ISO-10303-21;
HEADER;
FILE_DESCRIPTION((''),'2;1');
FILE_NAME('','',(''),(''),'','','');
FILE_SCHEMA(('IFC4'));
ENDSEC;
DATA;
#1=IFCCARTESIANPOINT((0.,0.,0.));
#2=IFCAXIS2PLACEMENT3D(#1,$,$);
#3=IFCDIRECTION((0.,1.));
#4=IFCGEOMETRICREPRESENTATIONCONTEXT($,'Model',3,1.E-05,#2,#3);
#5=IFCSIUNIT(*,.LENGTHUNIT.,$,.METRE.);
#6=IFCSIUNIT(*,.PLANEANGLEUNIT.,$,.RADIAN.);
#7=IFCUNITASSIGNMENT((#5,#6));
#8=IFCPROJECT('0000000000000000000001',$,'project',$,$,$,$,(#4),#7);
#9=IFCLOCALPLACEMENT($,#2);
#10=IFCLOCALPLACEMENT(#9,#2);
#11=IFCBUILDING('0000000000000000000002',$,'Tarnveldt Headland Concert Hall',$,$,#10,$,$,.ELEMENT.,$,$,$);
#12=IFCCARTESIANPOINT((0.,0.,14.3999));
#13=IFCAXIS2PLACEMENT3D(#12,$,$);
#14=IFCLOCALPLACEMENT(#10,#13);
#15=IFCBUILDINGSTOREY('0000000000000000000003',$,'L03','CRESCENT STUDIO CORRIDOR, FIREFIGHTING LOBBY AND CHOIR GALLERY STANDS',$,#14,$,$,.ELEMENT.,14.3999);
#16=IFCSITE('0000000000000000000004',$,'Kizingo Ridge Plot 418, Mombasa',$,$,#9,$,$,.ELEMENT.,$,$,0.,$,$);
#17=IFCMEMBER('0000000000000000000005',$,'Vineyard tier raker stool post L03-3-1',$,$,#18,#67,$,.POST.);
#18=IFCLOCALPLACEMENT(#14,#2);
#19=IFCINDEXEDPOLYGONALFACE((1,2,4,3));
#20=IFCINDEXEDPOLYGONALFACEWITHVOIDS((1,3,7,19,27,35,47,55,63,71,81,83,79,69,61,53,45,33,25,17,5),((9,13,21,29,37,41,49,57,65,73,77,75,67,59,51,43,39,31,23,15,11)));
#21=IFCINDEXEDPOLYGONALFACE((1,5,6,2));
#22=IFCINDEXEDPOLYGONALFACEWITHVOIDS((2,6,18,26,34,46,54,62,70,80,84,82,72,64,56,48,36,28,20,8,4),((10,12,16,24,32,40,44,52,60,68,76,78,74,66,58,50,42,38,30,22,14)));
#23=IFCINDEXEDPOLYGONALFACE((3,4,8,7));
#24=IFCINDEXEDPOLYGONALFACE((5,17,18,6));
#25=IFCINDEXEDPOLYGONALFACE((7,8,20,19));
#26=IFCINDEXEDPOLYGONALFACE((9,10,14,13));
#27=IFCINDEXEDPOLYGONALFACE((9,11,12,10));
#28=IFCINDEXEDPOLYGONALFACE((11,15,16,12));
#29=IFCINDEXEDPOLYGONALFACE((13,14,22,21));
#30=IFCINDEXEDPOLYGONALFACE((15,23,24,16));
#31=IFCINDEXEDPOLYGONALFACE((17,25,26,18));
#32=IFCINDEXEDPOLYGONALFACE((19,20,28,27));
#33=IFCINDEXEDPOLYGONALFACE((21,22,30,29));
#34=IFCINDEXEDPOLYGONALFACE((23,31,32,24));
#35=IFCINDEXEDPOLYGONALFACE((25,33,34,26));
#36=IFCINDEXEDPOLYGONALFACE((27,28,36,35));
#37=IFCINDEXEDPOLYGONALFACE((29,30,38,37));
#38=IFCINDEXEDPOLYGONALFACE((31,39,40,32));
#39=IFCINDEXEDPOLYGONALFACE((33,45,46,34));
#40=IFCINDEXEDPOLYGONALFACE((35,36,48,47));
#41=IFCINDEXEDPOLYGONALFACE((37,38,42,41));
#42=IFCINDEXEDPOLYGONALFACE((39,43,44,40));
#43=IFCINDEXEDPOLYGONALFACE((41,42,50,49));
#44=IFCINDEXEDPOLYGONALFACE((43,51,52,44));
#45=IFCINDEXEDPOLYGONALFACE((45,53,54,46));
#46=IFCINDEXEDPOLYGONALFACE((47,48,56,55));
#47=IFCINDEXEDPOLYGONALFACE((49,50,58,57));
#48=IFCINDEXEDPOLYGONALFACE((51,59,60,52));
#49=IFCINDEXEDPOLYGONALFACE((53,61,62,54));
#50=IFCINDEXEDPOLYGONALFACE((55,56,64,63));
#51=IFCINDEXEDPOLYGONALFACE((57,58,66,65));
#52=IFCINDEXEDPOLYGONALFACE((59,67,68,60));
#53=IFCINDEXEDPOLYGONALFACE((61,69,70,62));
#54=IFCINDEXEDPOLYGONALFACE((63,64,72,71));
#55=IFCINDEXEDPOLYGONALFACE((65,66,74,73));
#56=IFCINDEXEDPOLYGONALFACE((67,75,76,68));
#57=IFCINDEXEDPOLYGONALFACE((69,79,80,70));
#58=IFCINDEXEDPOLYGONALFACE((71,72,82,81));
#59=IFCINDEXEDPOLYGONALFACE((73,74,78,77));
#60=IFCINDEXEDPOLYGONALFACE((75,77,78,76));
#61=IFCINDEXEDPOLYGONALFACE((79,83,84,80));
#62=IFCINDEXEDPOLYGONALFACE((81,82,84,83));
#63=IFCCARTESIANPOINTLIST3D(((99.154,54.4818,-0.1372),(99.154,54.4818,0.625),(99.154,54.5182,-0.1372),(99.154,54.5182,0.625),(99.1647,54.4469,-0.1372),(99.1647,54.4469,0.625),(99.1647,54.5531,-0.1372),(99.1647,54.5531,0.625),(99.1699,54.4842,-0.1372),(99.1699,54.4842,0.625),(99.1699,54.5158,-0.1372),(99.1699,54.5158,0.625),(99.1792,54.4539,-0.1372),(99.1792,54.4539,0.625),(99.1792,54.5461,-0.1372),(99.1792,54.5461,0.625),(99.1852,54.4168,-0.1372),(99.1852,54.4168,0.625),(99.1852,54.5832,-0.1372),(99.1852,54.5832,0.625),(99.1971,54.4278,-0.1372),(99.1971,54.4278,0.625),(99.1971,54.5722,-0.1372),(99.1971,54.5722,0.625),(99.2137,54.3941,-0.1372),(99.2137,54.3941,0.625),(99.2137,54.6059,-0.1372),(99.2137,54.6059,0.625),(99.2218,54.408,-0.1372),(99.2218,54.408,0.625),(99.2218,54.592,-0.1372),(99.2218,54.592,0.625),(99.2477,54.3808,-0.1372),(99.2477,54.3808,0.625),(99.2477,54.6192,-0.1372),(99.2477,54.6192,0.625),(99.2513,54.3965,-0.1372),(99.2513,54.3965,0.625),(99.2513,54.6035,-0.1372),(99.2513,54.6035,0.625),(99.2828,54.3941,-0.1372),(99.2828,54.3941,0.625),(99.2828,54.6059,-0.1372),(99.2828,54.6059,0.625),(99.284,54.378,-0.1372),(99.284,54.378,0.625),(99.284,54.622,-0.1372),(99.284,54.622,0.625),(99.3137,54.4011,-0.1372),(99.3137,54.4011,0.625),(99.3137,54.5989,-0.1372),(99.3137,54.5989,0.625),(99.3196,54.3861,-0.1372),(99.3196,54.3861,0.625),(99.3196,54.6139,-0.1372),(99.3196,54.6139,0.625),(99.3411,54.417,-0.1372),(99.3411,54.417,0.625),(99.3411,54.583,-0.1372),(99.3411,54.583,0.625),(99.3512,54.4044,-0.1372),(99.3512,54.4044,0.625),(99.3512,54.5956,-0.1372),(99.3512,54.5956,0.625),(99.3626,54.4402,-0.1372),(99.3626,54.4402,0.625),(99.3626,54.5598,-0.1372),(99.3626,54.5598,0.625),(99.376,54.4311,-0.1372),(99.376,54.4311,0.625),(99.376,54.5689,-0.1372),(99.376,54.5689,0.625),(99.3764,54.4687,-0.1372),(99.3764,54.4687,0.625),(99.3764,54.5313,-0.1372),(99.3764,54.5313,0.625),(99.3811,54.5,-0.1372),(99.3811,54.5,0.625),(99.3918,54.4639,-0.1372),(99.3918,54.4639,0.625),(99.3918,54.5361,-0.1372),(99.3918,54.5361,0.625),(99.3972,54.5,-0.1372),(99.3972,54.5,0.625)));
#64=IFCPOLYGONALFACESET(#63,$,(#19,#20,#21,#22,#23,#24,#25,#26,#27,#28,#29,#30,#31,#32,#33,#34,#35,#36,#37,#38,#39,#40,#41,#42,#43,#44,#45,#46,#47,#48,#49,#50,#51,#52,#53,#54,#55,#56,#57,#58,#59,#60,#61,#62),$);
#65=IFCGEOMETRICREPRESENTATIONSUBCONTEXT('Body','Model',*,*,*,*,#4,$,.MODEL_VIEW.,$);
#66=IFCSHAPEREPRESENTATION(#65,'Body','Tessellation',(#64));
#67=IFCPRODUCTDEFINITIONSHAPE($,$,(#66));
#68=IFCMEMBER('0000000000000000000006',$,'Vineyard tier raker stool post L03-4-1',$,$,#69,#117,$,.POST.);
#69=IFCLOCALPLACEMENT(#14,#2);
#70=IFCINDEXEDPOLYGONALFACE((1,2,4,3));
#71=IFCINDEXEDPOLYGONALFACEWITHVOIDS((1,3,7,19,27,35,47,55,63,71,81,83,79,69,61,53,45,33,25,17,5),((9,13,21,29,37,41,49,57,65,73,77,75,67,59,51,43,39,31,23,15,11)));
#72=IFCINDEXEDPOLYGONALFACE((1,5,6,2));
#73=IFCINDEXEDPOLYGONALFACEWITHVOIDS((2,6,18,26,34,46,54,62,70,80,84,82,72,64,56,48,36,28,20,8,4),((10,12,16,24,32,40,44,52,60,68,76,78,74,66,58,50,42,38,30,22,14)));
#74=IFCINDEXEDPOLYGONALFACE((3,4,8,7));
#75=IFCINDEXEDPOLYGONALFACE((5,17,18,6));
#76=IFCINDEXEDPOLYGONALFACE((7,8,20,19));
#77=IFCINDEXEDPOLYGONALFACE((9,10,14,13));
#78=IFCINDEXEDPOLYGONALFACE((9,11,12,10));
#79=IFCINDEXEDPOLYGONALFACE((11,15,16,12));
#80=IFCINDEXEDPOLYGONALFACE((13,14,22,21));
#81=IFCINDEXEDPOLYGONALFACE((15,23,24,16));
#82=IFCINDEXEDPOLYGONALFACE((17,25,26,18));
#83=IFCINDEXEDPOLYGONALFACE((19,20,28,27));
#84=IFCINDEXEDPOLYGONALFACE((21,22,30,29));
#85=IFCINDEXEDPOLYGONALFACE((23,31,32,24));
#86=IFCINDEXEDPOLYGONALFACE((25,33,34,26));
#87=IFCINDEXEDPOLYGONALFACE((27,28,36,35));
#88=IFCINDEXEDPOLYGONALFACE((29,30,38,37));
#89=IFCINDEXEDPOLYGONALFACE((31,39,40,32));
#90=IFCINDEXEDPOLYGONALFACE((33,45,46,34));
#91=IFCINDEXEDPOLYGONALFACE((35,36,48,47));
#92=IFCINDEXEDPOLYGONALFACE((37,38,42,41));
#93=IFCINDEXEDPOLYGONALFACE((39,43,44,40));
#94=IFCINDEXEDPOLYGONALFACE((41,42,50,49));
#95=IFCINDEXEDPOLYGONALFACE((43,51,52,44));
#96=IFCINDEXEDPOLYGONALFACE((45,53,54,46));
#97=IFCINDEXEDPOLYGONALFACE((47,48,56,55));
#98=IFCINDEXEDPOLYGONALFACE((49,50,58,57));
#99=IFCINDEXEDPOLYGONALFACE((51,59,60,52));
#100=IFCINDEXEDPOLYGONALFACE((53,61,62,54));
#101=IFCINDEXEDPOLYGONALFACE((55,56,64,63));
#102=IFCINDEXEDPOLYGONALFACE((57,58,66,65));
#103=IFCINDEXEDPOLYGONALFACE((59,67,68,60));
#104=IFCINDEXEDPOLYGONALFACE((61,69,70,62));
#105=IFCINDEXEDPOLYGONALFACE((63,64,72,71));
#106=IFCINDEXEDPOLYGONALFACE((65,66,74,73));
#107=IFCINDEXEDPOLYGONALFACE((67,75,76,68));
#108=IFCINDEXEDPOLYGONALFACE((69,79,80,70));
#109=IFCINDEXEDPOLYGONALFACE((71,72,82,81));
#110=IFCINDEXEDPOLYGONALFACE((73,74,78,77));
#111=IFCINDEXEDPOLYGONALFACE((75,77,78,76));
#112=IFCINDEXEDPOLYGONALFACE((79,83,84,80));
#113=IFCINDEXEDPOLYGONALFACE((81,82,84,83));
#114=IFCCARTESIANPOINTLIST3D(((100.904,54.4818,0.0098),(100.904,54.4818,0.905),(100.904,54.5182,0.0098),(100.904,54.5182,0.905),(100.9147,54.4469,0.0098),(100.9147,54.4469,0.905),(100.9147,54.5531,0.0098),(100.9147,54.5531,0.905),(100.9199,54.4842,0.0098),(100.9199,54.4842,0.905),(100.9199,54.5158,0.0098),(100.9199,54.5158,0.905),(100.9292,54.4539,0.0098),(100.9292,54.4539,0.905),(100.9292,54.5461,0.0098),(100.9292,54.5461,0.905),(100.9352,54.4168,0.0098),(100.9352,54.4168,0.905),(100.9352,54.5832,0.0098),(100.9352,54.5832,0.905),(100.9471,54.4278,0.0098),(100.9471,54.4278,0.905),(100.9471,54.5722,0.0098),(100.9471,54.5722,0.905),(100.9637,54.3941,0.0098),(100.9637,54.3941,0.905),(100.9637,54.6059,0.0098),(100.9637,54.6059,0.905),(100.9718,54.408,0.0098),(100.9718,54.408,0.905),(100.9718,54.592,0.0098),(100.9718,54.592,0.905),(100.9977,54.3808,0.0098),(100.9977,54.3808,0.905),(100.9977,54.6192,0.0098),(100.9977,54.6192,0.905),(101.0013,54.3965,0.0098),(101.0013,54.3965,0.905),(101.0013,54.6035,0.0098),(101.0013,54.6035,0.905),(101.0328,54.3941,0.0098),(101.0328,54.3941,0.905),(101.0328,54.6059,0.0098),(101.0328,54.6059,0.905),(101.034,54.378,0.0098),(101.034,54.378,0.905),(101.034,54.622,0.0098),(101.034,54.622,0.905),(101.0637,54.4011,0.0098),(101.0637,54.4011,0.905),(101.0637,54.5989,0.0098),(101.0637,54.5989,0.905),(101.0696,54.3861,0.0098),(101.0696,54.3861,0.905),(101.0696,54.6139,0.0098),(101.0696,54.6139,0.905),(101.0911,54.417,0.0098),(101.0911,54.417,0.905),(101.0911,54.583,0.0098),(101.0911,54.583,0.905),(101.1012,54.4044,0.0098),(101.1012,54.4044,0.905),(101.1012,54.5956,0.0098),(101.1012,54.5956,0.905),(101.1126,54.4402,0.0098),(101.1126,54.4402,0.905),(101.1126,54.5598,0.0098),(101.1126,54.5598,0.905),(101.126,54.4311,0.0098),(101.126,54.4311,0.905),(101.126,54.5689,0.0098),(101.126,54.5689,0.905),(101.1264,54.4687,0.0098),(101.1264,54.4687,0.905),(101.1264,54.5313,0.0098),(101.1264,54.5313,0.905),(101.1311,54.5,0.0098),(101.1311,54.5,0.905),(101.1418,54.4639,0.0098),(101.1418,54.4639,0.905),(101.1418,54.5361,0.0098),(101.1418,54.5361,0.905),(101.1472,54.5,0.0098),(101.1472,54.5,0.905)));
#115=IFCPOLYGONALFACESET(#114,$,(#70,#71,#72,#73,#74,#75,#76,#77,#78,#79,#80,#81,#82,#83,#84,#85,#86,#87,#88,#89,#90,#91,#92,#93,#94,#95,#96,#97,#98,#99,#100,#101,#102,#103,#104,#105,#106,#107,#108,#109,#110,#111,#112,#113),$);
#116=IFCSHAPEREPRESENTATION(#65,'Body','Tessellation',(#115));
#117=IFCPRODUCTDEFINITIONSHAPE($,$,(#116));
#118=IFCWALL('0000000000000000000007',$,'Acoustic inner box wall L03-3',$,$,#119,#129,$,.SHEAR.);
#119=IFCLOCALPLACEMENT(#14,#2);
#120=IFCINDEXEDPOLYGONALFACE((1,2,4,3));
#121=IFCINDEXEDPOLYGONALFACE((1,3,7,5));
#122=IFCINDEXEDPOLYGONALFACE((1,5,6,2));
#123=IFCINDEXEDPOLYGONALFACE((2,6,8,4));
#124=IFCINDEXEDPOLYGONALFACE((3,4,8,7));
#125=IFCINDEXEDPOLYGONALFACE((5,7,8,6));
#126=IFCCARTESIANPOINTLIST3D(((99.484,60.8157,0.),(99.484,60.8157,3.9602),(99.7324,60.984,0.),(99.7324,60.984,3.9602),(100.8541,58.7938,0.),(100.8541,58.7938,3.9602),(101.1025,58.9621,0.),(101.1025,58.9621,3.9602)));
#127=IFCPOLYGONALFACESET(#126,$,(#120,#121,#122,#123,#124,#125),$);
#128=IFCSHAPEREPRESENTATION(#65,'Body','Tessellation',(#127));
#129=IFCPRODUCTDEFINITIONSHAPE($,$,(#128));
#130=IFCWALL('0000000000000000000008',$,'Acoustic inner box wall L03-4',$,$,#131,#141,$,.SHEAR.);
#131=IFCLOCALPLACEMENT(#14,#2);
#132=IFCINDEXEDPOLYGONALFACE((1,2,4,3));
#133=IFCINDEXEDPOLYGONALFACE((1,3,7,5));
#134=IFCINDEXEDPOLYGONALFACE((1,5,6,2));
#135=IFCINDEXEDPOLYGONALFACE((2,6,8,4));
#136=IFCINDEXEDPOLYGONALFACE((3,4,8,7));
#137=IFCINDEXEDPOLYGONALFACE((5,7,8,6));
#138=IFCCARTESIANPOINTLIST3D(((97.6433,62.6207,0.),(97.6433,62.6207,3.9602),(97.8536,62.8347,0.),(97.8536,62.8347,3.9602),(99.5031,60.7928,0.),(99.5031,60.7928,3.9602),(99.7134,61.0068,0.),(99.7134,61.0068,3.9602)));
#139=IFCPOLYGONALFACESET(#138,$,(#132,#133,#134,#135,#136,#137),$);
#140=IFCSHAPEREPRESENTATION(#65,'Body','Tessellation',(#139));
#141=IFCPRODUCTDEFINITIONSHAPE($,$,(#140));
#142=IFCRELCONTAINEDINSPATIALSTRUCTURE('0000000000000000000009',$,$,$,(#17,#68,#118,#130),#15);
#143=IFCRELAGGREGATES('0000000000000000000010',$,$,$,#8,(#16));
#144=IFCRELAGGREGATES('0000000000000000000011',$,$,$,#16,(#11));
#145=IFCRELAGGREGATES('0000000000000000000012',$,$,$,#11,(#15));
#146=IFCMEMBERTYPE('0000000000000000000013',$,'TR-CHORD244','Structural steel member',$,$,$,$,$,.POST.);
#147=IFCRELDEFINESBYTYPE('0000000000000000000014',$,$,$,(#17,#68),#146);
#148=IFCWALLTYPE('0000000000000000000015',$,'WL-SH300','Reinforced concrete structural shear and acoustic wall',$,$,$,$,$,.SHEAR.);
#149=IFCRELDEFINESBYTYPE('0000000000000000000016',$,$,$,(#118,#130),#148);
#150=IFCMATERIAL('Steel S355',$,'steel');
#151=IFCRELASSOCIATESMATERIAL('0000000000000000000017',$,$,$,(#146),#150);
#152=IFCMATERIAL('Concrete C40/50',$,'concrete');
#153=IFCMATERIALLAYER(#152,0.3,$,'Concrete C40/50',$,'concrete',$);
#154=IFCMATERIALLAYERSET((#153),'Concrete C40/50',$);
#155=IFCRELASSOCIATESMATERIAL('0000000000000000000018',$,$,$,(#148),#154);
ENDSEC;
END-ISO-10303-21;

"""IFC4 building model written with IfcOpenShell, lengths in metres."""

from ifc_helpers import new_model, si_unit, direction, frame, frame_2d, origin, origin_2d, place, context, subcontext, project, spatial, rectangle, hollow_circle, extrude, material, layer, layer_set, material_profile, profile_set, type_object, element, save


model = new_model("IFC4")

# Units and contexts
model_context = context("Model", 3, precision=1e-05, world=origin(), true_north=direction((0.0, 1.0)))
body_context = subcontext(model_context, "Body", "Model", "MODEL_VIEW")
ifc_project = project(units=[si_unit("LENGTHUNIT", "METRE"), si_unit("PLANEANGLEUNIT", "RADIAN")], contexts=[model_context])

# Site, building, storey
site_placement = place(None, origin())
site = spatial("IfcSite", under=ifc_project, at=site_placement, Name="Kizingo Ridge Plot 418, Mombasa", CompositionType="ELEMENT", RefElevation=0.0)
building_placement = place(site_placement, origin())
building = spatial("IfcBuilding", under=site, at=building_placement, Name="Tarnveldt Headland Concert Hall", CompositionType="ELEMENT")
storey_placement = place(building_placement, frame((0.0, 0.0, 14.3999)))
storey = spatial("IfcBuildingStorey", under=building, at=storey_placement, Name="L03", Description="CRESCENT STUDIO CORRIDOR, FIREFIGHTING LOBBY AND CHOIR GALLERY STANDS", CompositionType="ELEMENT", Elevation=14.3999)

# Shared definitions
ifc_material_1 = material(Name="Concrete C40/50", Category="concrete")

# Shared definitions
ifc_material_2 = material(Name="Steel S355", Category="steel")

# Members
ifc_material_profile_1 = material_profile(ifc_material_2, hollow_circle(Radius=0.1223, WallThickness=0.0161, at=origin_2d()), Name="CHS 244.5x16", Category="steel")
ifc_profile_set_1 = profile_set([ifc_material_profile_1], Name="Steel S355")
member_type = type_object("IfcMemberType", Name="TR-CHORD244", Description="Structural steel member", PredefinedType="POST", material=ifc_profile_set_1)
member_1_placement = place(storey_placement, frame((99.2749, 54.5, -0.1372), z_axis=(0.0, 0.0, 1.0), x_axis=(1.0, 0.0, 0.0)))
element("IfcMember", 1, at=member_1_placement, inside=storey, type_object=member_type, Name="Vineyard tier raker stool post L03-3-1", PredefinedType="POST", context=body_context, shape_type="SweptSolid", body=[
    extrude(hollow_circle(Radius=0.1223, WallThickness=0.0161, at=origin_2d()), origin(), (0.0, 0.0, 1.0), 0.7622),
])
member_2_placement = place(storey_placement, frame((101.0249, 54.5, 0.0098), z_axis=(0.0, 0.0, 1.0), x_axis=(1.0, 0.0, 0.0)))
element("IfcMember", 2, at=member_2_placement, inside=storey, type_object=member_type, Name="Vineyard tier raker stool post L03-4-1", PredefinedType="POST", context=body_context, shape_type="SweptSolid", body=[
    extrude(hollow_circle(Radius=0.1223, WallThickness=0.0161, at=origin_2d()), origin(), (0.0, 0.0, 1.0), 0.8953),
])

# Walls
ifc_layer_1 = layer(ifc_material_1, 0.3, Name="Concrete C40/50", Category="concrete")
ifc_layer_set_1 = layer_set([ifc_layer_1], Name="Concrete C40/50")
wall_type = type_object("IfcWallType", Name="WL-SH300", Description="Reinforced concrete structural shear and acoustic wall", PredefinedType="SHEAR", material=ifc_layer_set_1)
wall_1_placement = place(storey_placement, frame((100.9783, 58.8779, 0.0), z_axis=(0.0, 0.0, 1.0), x_axis=(-0.560959, 0.827844, 0.0)))
element("IfcWall", 3, at=wall_1_placement, inside=storey, type_object=wall_type, Name="Acoustic inner box wall L03-3", PredefinedType="SHEAR", context=body_context, shape_type="SweptSolid", body=[
    extrude(rectangle(XDim=2.4424, YDim=0.3, at=frame_2d((1.2212, 0.0))), origin(), (0.0, 0.0, 1.0), 3.9602),
])
wall_2_placement = place(storey_placement, frame((99.6082, 60.8999, 0.0), z_axis=(0.0, 0.0, 1.0), x_axis=(-0.713212, 0.700948, 0.0)))
element("IfcWall", 4, at=wall_2_placement, inside=storey, type_object=wall_type, Name="Acoustic inner box wall L03-4", PredefinedType="SHEAR", context=body_context, shape_type="SweptSolid", body=[
    extrude(rectangle(XDim=2.6077, YDim=0.3, at=frame_2d((1.3037, 0.0))), origin(), (0.0, 0.0, 1.0), 3.9602),
])

save(model, "model.ifc")
